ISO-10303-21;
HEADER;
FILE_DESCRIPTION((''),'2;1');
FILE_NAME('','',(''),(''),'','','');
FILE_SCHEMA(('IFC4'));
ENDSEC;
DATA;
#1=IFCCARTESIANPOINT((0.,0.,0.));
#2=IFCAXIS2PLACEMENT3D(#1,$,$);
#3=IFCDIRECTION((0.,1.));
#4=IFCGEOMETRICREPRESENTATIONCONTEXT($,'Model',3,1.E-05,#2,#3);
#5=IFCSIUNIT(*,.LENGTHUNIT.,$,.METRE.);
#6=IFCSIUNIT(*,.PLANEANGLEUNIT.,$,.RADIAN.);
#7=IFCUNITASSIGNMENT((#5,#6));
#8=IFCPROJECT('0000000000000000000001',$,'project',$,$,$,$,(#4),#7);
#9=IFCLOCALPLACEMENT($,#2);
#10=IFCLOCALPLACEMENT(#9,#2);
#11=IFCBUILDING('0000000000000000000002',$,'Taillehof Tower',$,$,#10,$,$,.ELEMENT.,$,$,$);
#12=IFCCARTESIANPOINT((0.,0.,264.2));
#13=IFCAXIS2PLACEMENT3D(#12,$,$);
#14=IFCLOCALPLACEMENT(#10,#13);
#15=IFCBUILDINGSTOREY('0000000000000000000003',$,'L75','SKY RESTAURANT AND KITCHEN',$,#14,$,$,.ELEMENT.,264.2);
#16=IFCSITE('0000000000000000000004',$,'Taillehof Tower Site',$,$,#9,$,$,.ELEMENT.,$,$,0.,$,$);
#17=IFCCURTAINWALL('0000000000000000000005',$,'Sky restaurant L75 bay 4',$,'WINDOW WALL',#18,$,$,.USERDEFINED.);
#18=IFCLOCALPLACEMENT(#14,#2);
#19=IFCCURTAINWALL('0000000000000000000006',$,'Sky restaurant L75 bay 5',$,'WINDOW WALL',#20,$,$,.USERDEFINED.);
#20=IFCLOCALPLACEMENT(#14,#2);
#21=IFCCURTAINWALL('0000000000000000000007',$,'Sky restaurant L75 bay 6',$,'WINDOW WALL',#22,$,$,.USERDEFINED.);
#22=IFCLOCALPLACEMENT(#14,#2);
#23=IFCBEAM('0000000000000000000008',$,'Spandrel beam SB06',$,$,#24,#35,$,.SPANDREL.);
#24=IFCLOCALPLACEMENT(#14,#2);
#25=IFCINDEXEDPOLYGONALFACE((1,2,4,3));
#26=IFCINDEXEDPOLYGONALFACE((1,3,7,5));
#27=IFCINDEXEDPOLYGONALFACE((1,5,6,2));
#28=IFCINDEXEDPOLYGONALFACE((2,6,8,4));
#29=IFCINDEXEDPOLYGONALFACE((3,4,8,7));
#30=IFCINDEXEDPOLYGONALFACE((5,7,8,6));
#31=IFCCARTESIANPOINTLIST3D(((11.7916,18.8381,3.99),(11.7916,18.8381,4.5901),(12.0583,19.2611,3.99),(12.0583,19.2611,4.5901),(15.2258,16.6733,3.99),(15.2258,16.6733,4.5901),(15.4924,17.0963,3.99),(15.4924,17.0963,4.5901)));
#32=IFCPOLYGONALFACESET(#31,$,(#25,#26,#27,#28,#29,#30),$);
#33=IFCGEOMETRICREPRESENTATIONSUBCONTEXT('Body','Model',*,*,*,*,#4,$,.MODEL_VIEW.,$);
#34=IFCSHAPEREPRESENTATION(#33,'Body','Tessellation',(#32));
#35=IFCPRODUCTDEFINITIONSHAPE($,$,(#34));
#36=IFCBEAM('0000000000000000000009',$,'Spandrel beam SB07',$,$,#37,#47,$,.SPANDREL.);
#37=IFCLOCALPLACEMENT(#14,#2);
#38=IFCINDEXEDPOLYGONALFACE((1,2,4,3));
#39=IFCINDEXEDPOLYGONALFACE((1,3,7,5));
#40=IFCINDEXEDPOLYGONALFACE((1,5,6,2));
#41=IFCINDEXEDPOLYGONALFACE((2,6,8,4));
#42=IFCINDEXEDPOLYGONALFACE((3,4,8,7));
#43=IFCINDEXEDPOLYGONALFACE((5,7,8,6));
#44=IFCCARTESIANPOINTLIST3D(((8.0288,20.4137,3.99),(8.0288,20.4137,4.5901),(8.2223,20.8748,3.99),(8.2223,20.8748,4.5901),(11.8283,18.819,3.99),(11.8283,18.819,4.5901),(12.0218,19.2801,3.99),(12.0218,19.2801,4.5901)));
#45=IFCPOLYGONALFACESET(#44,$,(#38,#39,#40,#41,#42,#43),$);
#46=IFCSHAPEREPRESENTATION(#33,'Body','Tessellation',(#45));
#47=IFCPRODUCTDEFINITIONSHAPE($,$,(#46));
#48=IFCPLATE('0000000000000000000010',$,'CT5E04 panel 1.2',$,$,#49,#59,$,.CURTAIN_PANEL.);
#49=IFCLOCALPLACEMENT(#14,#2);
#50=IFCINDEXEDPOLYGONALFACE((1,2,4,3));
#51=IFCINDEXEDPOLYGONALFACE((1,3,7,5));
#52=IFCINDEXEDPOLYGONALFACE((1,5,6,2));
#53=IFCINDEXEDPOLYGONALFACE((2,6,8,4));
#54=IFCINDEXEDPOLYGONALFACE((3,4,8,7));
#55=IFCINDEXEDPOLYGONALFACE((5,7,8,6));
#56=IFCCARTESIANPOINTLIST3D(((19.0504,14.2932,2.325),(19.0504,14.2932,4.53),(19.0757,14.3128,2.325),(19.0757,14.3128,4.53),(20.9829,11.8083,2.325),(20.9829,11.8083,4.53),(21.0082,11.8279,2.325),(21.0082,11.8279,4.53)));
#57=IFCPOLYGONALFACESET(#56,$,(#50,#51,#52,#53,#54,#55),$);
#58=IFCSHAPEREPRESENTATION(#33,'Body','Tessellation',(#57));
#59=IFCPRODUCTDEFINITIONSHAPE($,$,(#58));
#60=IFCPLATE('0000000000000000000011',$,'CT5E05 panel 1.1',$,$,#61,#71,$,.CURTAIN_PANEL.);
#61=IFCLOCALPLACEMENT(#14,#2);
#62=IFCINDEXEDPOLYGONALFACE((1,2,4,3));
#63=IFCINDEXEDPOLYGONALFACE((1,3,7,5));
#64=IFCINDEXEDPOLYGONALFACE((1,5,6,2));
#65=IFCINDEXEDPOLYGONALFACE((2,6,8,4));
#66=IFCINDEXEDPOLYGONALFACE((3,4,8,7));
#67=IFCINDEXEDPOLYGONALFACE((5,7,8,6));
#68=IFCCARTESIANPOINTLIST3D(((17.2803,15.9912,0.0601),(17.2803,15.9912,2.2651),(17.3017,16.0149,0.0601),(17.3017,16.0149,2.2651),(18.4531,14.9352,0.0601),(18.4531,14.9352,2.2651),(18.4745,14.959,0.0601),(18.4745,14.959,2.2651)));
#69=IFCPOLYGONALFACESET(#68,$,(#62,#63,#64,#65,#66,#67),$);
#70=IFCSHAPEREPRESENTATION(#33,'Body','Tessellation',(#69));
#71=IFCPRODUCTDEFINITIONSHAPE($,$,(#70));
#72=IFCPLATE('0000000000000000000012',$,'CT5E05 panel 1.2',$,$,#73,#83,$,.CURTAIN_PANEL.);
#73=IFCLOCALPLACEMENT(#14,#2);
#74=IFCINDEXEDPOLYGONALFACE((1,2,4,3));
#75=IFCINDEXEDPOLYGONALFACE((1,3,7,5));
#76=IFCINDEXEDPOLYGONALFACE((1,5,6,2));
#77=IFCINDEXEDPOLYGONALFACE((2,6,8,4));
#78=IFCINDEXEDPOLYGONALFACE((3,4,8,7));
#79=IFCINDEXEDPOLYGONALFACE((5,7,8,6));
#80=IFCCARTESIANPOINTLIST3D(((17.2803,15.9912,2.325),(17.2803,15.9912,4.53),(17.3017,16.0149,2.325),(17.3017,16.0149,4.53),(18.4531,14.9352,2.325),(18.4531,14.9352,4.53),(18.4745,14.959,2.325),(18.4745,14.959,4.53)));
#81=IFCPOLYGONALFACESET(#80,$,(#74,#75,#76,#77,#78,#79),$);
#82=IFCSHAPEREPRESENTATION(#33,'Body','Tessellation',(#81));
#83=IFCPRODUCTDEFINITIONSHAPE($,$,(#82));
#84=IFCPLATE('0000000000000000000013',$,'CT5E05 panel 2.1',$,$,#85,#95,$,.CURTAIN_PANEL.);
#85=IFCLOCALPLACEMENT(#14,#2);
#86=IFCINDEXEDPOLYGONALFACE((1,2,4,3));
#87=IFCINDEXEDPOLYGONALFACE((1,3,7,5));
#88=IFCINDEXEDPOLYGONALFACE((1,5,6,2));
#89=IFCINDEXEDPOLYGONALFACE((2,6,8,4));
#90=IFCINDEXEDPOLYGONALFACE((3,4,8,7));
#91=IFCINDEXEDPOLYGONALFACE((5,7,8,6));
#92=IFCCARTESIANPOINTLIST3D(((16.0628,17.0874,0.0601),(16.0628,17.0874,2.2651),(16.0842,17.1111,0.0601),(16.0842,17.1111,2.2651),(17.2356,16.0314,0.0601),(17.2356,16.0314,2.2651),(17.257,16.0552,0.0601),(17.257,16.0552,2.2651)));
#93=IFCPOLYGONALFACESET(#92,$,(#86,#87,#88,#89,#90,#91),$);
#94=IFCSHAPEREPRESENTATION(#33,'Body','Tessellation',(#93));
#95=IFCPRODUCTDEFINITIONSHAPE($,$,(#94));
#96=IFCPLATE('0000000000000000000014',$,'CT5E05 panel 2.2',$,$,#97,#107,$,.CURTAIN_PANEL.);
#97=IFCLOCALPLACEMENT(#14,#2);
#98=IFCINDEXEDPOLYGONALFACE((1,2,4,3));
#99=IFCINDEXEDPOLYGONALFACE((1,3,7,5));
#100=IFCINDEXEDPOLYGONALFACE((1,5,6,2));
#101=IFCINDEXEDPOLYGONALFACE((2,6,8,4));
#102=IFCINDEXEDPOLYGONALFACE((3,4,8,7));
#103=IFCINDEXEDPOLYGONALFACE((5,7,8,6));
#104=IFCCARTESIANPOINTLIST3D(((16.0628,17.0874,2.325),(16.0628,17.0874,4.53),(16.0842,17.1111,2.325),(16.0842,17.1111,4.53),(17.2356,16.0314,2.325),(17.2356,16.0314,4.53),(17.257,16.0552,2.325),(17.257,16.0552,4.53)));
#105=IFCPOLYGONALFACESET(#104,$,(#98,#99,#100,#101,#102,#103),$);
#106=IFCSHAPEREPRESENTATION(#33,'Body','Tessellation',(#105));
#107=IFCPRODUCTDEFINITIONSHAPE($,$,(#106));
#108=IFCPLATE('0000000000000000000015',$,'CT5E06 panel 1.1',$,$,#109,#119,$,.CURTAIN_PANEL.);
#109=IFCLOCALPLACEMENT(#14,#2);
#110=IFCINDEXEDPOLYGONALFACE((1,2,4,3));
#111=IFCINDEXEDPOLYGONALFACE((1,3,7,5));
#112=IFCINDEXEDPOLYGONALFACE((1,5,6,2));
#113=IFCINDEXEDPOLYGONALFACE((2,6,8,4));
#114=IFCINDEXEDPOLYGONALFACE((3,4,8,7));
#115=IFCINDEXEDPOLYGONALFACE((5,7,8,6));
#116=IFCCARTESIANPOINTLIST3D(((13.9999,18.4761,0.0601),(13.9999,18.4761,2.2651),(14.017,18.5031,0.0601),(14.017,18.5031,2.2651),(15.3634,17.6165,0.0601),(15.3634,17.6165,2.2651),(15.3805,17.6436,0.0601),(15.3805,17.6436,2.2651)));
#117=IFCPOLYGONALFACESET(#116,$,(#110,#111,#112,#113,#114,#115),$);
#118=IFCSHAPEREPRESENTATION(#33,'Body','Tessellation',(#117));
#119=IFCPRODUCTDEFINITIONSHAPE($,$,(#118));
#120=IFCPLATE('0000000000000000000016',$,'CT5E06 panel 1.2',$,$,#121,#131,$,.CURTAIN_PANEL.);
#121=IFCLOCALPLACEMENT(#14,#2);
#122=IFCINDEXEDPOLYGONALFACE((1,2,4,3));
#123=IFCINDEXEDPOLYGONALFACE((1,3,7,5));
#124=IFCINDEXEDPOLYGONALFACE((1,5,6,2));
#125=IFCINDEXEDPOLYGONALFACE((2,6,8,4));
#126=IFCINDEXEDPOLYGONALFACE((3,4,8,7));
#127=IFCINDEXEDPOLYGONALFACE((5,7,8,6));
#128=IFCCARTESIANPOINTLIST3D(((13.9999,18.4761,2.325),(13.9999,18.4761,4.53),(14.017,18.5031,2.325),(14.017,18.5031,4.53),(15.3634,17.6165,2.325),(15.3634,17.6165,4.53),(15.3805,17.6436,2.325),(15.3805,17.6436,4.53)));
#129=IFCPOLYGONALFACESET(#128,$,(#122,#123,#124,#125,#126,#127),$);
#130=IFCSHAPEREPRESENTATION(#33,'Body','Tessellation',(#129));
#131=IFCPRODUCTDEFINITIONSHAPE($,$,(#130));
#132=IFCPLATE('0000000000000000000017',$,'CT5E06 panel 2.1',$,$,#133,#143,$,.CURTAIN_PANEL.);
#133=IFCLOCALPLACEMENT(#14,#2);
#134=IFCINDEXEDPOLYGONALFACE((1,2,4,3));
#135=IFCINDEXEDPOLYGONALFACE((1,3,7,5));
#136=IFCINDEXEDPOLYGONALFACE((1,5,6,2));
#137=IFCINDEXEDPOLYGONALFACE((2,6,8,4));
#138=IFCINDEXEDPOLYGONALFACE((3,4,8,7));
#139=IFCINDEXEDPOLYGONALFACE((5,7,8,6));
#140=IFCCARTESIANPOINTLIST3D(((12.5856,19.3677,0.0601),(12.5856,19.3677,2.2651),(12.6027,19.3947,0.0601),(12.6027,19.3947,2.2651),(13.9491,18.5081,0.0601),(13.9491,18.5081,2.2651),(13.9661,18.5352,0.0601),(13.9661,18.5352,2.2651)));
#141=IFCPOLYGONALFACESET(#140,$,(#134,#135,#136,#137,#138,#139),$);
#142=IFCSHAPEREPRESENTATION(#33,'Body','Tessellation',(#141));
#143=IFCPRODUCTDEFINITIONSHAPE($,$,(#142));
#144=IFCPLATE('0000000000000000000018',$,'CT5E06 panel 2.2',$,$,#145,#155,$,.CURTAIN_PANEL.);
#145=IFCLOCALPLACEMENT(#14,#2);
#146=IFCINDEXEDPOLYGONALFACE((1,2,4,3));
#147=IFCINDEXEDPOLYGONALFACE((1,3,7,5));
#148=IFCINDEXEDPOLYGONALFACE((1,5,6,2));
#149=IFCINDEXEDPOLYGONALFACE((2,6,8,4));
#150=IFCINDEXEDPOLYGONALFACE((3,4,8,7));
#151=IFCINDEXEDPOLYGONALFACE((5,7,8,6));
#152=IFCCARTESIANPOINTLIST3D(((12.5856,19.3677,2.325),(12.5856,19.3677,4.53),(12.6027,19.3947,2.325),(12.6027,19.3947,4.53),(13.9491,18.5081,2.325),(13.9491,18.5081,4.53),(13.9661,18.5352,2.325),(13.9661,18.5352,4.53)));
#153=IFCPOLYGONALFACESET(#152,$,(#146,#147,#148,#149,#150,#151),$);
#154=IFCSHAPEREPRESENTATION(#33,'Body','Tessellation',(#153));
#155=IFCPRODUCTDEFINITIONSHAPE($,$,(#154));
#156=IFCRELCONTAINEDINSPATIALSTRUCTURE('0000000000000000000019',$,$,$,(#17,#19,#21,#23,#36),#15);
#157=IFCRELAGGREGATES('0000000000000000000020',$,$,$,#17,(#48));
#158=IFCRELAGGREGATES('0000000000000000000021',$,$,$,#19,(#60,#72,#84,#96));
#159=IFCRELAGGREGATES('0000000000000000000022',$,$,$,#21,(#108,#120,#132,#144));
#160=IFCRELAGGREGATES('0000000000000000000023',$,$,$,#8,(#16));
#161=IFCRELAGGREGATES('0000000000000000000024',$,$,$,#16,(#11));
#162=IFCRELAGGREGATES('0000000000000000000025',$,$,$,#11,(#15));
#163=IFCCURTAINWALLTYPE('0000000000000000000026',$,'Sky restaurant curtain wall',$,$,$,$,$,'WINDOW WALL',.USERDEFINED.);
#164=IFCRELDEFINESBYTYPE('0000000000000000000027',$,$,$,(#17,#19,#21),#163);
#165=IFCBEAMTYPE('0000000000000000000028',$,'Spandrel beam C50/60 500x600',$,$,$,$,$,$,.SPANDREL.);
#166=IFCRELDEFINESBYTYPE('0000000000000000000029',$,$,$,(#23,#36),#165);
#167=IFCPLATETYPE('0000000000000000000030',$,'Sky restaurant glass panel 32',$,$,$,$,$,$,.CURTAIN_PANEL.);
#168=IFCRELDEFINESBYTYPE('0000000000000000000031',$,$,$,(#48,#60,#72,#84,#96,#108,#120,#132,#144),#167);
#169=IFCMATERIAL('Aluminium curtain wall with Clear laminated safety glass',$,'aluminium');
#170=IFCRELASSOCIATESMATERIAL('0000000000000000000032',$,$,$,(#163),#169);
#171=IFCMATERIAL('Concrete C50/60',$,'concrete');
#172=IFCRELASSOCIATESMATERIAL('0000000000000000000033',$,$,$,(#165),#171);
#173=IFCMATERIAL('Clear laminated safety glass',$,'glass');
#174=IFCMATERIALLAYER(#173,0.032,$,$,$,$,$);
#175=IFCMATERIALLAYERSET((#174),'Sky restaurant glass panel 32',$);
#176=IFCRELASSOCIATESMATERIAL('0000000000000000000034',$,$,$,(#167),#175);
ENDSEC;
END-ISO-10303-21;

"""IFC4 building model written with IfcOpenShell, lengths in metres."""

from ifc_helpers import new_model, si_unit, direction, frame, origin, origin_2d, place, context, subcontext, project, spatial, rectangle, extrude, material, layer, layer_set, material_profile, profile_set, type_object, element, aggregate, save


model = new_model("IFC4")

# Units and contexts
model_context = context("Model", 3, precision=1e-05, world=origin(), true_north=direction((0.0, 1.0)))
body_context = subcontext(model_context, "Body", "Model", "MODEL_VIEW")
ifc_project = project(units=[si_unit("LENGTHUNIT", "METRE"), si_unit("PLANEANGLEUNIT", "RADIAN")], contexts=[model_context])

# Site, building, storey
site_placement = place(None, origin())
site = spatial("IfcSite", under=ifc_project, at=site_placement, Name="Taillehof Tower Site", CompositionType="ELEMENT", RefElevation=0.0)
building_placement = place(site_placement, origin())
building = spatial("IfcBuilding", under=site, at=building_placement, Name="Taillehof Tower", CompositionType="ELEMENT")
storey_placement = place(building_placement, frame((0.0, 0.0, 264.2)))
storey = spatial("IfcBuildingStorey", under=building, at=storey_placement, Name="L75", Description="SKY RESTAURANT AND KITCHEN", CompositionType="ELEMENT", Elevation=264.2)

# Curtain wall
ifc_material_1 = material(Name="Aluminium curtain wall with Clear laminated safety glass", Category="aluminium")
curtain_wall_type = type_object("IfcCurtainWallType", Name="Sky restaurant curtain wall", ElementType="WINDOW WALL", PredefinedType="USERDEFINED", material=ifc_material_1)
curtain_wall_1_placement = place(storey_placement, origin())
curtain_wall_1 = element("IfcCurtainWall", 1, at=curtain_wall_1_placement, inside=storey, type_object=curtain_wall_type, Name="Sky restaurant L75 bay 4", ObjectType="WINDOW WALL", PredefinedType="USERDEFINED")

# Curtain walls
curtain_wall_2_placement = place(storey_placement, origin())
curtain_wall_2 = element("IfcCurtainWall", 2, at=curtain_wall_2_placement, inside=storey, type_object=curtain_wall_type, Name="Sky restaurant L75 bay 5", ObjectType="WINDOW WALL", PredefinedType="USERDEFINED")
curtain_wall_3_placement = place(storey_placement, origin())
curtain_wall_3 = element("IfcCurtainWall", 3, at=curtain_wall_3_placement, inside=storey, type_object=curtain_wall_type, Name="Sky restaurant L75 bay 6", ObjectType="WINDOW WALL", PredefinedType="USERDEFINED")

# Beams
ifc_material_2 = material(Name="Concrete C50/60", Category="concrete")
ifc_material_profile_1 = material_profile(ifc_material_2, rectangle(XDim=0.5, YDim=0.6001, at=origin_2d()), Name="RC 500x600")
ifc_profile_set_1 = profile_set([ifc_material_profile_1], Name="Concrete C50/60")
beam_type_1 = type_object("IfcBeamType", Name="Spandrel beam C50/60 500x600", PredefinedType="SPANDREL", material=ifc_profile_set_1)
beam_1_placement = place(storey_placement, frame((15.3591, 16.8848, 4.29), z_axis=(-0.845944, 0.533271, 0.0), x_axis=(-0.533271, -0.845944, 0.0)))
element("IfcBeam", 4, at=beam_1_placement, inside=storey, type_object=beam_type_1, Name="Spandrel beam SB06", PredefinedType="SPANDREL", context=body_context, shape_type="SweptSolid", body=[
    extrude(rectangle(XDim=0.5, YDim=0.6001, at=origin_2d()), origin(), (0.0, 0.0, 1.0), 4.0596),
])
beam_2_placement = place(storey_placement, frame((11.925, 19.0496, 4.29), z_axis=(-0.922076, 0.387008, 0.0), x_axis=(-0.387008, -0.922076, 0.0)))
element("IfcBeam", 5, at=beam_2_placement, inside=storey, type_object=beam_type_1, Name="Spandrel beam SB07", PredefinedType="SPANDREL", context=body_context, shape_type="SweptSolid", body=[
    extrude(rectangle(XDim=0.5, YDim=0.6001, at=origin_2d()), origin(), (0.0, 0.0, 1.0), 4.1206),
])

# Plates
ifc_material_3 = material(Name="Clear laminated safety glass", Category="glass")
ifc_layer = layer(ifc_material_3, 0.032)
ifc_layer_set = layer_set([ifc_layer], Name="Sky restaurant glass panel 32")
plate_type = type_object("IfcPlateType", Name="Sky restaurant glass panel 32", PredefinedType="CURTAIN_PANEL", material=ifc_layer_set)
plate_1_placement = place(storey_placement, frame((20.0293, 13.0605, 2.325), z_axis=(0.0, 0.0, 1.0), x_axis=(-0.613903, 0.789382, 0.0)))
plate_1 = element("IfcPlate", 6, at=plate_1_placement, type_object=plate_type, Name="CT5E04 panel 1.2", PredefinedType="CURTAIN_PANEL", context=body_context, shape_type="SweptSolid", body=[
    extrude(rectangle(XDim=3.1479, YDim=0.032, at=origin_2d()), origin(), (0.0, 0.0, 1.0), 2.2051),
])
aggregate(curtain_wall_1, [plate_1])
plate_2_placement = place(storey_placement, frame((17.8774, 15.4751, 0.0601), z_axis=(0.0, 0.0, 1.0), x_axis=(-0.743166, 0.669107, 0.0)))
plate_2 = element("IfcPlate", 7, at=plate_2_placement, type_object=plate_type, Name="CT5E05 panel 1.1", PredefinedType="CURTAIN_PANEL", context=body_context, shape_type="SweptSolid", body=[
    extrude(rectangle(XDim=1.5781, YDim=0.032, at=origin_2d()), origin(), (0.0, 0.0, 1.0), 2.2051),
])
plate_3_placement = place(storey_placement, frame((17.8774, 15.4751, 2.325), z_axis=(0.0, 0.0, 1.0), x_axis=(-0.743166, 0.669107, 0.0)))
plate_3 = element("IfcPlate", 8, at=plate_3_placement, type_object=plate_type, Name="CT5E05 panel 1.2", PredefinedType="CURTAIN_PANEL", context=body_context, shape_type="SweptSolid", body=[
    extrude(rectangle(XDim=1.5781, YDim=0.032, at=origin_2d()), origin(), (0.0, 0.0, 1.0), 2.2051),
])
plate_4_placement = place(storey_placement, frame((16.6599, 16.5713, 0.0601), z_axis=(0.0, 0.0, 1.0), x_axis=(-0.743166, 0.669107, 0.0)))
plate_4 = element("IfcPlate", 9, at=plate_4_placement, type_object=plate_type, Name="CT5E05 panel 2.1", PredefinedType="CURTAIN_PANEL", context=body_context, shape_type="SweptSolid", body=[
    extrude(rectangle(XDim=1.5781, YDim=0.032, at=origin_2d()), origin(), (0.0, 0.0, 1.0), 2.2051),
])
plate_5_placement = place(storey_placement, frame((16.6599, 16.5713, 2.325), z_axis=(0.0, 0.0, 1.0), x_axis=(-0.743166, 0.669107, 0.0)))
plate_5 = element("IfcPlate", 10, at=plate_5_placement, type_object=plate_type, Name="CT5E05 panel 2.2", PredefinedType="CURTAIN_PANEL", context=body_context, shape_type="SweptSolid", body=[
    extrude(rectangle(XDim=1.5781, YDim=0.032, at=origin_2d()), origin(), (0.0, 0.0, 1.0), 2.2051),
])
aggregate(curtain_wall_2, [plate_2, plate_3, plate_4, plate_5])
plate_6_placement = place(storey_placement, frame((14.6902, 18.0598, 0.0601), z_axis=(0.0, 0.0, 1.0), x_axis=(-0.84593, 0.533294, 0.0)))
plate_6 = element("IfcPlate", 11, at=plate_6_placement, type_object=plate_type, Name="CT5E06 panel 1.1", PredefinedType="CURTAIN_PANEL", context=body_context, shape_type="SweptSolid", body=[
    extrude(rectangle(XDim=1.6118, YDim=0.032, at=origin_2d()), origin(), (0.0, 0.0, 1.0), 2.2051),
])
plate_7_placement = place(storey_placement, frame((14.6902, 18.0598, 2.325), z_axis=(0.0, 0.0, 1.0), x_axis=(-0.84593, 0.533294, 0.0)))
plate_7 = element("IfcPlate", 12, at=plate_7_placement, type_object=plate_type, Name="CT5E06 panel 1.2", PredefinedType="CURTAIN_PANEL", context=body_context, shape_type="SweptSolid", body=[
    extrude(rectangle(XDim=1.6118, YDim=0.032, at=origin_2d()), origin(), (0.0, 0.0, 1.0), 2.2051),
])
plate_8_placement = place(storey_placement, frame((13.2759, 18.9514, 0.0601), z_axis=(0.0, 0.0, 1.0), x_axis=(-0.84593, 0.533294, 0.0)))
plate_8 = element("IfcPlate", 13, at=plate_8_placement, type_object=plate_type, Name="CT5E06 panel 2.1", PredefinedType="CURTAIN_PANEL", context=body_context, shape_type="SweptSolid", body=[
    extrude(rectangle(XDim=1.6118, YDim=0.032, at=origin_2d()), origin(), (0.0, 0.0, 1.0), 2.2051),
])
plate_9_placement = place(storey_placement, frame((13.2759, 18.9514, 2.325), z_axis=(0.0, 0.0, 1.0), x_axis=(-0.84593, 0.533294, 0.0)))
plate_9 = element("IfcPlate", 14, at=plate_9_placement, type_object=plate_type, Name="CT5E06 panel 2.2", PredefinedType="CURTAIN_PANEL", context=body_context, shape_type="SweptSolid", body=[
    extrude(rectangle(XDim=1.6118, YDim=0.032, at=origin_2d()), origin(), (0.0, 0.0, 1.0), 2.2051),
])
aggregate(curtain_wall_3, [plate_6, plate_7, plate_8, plate_9])

save(model, "model.ifc")
